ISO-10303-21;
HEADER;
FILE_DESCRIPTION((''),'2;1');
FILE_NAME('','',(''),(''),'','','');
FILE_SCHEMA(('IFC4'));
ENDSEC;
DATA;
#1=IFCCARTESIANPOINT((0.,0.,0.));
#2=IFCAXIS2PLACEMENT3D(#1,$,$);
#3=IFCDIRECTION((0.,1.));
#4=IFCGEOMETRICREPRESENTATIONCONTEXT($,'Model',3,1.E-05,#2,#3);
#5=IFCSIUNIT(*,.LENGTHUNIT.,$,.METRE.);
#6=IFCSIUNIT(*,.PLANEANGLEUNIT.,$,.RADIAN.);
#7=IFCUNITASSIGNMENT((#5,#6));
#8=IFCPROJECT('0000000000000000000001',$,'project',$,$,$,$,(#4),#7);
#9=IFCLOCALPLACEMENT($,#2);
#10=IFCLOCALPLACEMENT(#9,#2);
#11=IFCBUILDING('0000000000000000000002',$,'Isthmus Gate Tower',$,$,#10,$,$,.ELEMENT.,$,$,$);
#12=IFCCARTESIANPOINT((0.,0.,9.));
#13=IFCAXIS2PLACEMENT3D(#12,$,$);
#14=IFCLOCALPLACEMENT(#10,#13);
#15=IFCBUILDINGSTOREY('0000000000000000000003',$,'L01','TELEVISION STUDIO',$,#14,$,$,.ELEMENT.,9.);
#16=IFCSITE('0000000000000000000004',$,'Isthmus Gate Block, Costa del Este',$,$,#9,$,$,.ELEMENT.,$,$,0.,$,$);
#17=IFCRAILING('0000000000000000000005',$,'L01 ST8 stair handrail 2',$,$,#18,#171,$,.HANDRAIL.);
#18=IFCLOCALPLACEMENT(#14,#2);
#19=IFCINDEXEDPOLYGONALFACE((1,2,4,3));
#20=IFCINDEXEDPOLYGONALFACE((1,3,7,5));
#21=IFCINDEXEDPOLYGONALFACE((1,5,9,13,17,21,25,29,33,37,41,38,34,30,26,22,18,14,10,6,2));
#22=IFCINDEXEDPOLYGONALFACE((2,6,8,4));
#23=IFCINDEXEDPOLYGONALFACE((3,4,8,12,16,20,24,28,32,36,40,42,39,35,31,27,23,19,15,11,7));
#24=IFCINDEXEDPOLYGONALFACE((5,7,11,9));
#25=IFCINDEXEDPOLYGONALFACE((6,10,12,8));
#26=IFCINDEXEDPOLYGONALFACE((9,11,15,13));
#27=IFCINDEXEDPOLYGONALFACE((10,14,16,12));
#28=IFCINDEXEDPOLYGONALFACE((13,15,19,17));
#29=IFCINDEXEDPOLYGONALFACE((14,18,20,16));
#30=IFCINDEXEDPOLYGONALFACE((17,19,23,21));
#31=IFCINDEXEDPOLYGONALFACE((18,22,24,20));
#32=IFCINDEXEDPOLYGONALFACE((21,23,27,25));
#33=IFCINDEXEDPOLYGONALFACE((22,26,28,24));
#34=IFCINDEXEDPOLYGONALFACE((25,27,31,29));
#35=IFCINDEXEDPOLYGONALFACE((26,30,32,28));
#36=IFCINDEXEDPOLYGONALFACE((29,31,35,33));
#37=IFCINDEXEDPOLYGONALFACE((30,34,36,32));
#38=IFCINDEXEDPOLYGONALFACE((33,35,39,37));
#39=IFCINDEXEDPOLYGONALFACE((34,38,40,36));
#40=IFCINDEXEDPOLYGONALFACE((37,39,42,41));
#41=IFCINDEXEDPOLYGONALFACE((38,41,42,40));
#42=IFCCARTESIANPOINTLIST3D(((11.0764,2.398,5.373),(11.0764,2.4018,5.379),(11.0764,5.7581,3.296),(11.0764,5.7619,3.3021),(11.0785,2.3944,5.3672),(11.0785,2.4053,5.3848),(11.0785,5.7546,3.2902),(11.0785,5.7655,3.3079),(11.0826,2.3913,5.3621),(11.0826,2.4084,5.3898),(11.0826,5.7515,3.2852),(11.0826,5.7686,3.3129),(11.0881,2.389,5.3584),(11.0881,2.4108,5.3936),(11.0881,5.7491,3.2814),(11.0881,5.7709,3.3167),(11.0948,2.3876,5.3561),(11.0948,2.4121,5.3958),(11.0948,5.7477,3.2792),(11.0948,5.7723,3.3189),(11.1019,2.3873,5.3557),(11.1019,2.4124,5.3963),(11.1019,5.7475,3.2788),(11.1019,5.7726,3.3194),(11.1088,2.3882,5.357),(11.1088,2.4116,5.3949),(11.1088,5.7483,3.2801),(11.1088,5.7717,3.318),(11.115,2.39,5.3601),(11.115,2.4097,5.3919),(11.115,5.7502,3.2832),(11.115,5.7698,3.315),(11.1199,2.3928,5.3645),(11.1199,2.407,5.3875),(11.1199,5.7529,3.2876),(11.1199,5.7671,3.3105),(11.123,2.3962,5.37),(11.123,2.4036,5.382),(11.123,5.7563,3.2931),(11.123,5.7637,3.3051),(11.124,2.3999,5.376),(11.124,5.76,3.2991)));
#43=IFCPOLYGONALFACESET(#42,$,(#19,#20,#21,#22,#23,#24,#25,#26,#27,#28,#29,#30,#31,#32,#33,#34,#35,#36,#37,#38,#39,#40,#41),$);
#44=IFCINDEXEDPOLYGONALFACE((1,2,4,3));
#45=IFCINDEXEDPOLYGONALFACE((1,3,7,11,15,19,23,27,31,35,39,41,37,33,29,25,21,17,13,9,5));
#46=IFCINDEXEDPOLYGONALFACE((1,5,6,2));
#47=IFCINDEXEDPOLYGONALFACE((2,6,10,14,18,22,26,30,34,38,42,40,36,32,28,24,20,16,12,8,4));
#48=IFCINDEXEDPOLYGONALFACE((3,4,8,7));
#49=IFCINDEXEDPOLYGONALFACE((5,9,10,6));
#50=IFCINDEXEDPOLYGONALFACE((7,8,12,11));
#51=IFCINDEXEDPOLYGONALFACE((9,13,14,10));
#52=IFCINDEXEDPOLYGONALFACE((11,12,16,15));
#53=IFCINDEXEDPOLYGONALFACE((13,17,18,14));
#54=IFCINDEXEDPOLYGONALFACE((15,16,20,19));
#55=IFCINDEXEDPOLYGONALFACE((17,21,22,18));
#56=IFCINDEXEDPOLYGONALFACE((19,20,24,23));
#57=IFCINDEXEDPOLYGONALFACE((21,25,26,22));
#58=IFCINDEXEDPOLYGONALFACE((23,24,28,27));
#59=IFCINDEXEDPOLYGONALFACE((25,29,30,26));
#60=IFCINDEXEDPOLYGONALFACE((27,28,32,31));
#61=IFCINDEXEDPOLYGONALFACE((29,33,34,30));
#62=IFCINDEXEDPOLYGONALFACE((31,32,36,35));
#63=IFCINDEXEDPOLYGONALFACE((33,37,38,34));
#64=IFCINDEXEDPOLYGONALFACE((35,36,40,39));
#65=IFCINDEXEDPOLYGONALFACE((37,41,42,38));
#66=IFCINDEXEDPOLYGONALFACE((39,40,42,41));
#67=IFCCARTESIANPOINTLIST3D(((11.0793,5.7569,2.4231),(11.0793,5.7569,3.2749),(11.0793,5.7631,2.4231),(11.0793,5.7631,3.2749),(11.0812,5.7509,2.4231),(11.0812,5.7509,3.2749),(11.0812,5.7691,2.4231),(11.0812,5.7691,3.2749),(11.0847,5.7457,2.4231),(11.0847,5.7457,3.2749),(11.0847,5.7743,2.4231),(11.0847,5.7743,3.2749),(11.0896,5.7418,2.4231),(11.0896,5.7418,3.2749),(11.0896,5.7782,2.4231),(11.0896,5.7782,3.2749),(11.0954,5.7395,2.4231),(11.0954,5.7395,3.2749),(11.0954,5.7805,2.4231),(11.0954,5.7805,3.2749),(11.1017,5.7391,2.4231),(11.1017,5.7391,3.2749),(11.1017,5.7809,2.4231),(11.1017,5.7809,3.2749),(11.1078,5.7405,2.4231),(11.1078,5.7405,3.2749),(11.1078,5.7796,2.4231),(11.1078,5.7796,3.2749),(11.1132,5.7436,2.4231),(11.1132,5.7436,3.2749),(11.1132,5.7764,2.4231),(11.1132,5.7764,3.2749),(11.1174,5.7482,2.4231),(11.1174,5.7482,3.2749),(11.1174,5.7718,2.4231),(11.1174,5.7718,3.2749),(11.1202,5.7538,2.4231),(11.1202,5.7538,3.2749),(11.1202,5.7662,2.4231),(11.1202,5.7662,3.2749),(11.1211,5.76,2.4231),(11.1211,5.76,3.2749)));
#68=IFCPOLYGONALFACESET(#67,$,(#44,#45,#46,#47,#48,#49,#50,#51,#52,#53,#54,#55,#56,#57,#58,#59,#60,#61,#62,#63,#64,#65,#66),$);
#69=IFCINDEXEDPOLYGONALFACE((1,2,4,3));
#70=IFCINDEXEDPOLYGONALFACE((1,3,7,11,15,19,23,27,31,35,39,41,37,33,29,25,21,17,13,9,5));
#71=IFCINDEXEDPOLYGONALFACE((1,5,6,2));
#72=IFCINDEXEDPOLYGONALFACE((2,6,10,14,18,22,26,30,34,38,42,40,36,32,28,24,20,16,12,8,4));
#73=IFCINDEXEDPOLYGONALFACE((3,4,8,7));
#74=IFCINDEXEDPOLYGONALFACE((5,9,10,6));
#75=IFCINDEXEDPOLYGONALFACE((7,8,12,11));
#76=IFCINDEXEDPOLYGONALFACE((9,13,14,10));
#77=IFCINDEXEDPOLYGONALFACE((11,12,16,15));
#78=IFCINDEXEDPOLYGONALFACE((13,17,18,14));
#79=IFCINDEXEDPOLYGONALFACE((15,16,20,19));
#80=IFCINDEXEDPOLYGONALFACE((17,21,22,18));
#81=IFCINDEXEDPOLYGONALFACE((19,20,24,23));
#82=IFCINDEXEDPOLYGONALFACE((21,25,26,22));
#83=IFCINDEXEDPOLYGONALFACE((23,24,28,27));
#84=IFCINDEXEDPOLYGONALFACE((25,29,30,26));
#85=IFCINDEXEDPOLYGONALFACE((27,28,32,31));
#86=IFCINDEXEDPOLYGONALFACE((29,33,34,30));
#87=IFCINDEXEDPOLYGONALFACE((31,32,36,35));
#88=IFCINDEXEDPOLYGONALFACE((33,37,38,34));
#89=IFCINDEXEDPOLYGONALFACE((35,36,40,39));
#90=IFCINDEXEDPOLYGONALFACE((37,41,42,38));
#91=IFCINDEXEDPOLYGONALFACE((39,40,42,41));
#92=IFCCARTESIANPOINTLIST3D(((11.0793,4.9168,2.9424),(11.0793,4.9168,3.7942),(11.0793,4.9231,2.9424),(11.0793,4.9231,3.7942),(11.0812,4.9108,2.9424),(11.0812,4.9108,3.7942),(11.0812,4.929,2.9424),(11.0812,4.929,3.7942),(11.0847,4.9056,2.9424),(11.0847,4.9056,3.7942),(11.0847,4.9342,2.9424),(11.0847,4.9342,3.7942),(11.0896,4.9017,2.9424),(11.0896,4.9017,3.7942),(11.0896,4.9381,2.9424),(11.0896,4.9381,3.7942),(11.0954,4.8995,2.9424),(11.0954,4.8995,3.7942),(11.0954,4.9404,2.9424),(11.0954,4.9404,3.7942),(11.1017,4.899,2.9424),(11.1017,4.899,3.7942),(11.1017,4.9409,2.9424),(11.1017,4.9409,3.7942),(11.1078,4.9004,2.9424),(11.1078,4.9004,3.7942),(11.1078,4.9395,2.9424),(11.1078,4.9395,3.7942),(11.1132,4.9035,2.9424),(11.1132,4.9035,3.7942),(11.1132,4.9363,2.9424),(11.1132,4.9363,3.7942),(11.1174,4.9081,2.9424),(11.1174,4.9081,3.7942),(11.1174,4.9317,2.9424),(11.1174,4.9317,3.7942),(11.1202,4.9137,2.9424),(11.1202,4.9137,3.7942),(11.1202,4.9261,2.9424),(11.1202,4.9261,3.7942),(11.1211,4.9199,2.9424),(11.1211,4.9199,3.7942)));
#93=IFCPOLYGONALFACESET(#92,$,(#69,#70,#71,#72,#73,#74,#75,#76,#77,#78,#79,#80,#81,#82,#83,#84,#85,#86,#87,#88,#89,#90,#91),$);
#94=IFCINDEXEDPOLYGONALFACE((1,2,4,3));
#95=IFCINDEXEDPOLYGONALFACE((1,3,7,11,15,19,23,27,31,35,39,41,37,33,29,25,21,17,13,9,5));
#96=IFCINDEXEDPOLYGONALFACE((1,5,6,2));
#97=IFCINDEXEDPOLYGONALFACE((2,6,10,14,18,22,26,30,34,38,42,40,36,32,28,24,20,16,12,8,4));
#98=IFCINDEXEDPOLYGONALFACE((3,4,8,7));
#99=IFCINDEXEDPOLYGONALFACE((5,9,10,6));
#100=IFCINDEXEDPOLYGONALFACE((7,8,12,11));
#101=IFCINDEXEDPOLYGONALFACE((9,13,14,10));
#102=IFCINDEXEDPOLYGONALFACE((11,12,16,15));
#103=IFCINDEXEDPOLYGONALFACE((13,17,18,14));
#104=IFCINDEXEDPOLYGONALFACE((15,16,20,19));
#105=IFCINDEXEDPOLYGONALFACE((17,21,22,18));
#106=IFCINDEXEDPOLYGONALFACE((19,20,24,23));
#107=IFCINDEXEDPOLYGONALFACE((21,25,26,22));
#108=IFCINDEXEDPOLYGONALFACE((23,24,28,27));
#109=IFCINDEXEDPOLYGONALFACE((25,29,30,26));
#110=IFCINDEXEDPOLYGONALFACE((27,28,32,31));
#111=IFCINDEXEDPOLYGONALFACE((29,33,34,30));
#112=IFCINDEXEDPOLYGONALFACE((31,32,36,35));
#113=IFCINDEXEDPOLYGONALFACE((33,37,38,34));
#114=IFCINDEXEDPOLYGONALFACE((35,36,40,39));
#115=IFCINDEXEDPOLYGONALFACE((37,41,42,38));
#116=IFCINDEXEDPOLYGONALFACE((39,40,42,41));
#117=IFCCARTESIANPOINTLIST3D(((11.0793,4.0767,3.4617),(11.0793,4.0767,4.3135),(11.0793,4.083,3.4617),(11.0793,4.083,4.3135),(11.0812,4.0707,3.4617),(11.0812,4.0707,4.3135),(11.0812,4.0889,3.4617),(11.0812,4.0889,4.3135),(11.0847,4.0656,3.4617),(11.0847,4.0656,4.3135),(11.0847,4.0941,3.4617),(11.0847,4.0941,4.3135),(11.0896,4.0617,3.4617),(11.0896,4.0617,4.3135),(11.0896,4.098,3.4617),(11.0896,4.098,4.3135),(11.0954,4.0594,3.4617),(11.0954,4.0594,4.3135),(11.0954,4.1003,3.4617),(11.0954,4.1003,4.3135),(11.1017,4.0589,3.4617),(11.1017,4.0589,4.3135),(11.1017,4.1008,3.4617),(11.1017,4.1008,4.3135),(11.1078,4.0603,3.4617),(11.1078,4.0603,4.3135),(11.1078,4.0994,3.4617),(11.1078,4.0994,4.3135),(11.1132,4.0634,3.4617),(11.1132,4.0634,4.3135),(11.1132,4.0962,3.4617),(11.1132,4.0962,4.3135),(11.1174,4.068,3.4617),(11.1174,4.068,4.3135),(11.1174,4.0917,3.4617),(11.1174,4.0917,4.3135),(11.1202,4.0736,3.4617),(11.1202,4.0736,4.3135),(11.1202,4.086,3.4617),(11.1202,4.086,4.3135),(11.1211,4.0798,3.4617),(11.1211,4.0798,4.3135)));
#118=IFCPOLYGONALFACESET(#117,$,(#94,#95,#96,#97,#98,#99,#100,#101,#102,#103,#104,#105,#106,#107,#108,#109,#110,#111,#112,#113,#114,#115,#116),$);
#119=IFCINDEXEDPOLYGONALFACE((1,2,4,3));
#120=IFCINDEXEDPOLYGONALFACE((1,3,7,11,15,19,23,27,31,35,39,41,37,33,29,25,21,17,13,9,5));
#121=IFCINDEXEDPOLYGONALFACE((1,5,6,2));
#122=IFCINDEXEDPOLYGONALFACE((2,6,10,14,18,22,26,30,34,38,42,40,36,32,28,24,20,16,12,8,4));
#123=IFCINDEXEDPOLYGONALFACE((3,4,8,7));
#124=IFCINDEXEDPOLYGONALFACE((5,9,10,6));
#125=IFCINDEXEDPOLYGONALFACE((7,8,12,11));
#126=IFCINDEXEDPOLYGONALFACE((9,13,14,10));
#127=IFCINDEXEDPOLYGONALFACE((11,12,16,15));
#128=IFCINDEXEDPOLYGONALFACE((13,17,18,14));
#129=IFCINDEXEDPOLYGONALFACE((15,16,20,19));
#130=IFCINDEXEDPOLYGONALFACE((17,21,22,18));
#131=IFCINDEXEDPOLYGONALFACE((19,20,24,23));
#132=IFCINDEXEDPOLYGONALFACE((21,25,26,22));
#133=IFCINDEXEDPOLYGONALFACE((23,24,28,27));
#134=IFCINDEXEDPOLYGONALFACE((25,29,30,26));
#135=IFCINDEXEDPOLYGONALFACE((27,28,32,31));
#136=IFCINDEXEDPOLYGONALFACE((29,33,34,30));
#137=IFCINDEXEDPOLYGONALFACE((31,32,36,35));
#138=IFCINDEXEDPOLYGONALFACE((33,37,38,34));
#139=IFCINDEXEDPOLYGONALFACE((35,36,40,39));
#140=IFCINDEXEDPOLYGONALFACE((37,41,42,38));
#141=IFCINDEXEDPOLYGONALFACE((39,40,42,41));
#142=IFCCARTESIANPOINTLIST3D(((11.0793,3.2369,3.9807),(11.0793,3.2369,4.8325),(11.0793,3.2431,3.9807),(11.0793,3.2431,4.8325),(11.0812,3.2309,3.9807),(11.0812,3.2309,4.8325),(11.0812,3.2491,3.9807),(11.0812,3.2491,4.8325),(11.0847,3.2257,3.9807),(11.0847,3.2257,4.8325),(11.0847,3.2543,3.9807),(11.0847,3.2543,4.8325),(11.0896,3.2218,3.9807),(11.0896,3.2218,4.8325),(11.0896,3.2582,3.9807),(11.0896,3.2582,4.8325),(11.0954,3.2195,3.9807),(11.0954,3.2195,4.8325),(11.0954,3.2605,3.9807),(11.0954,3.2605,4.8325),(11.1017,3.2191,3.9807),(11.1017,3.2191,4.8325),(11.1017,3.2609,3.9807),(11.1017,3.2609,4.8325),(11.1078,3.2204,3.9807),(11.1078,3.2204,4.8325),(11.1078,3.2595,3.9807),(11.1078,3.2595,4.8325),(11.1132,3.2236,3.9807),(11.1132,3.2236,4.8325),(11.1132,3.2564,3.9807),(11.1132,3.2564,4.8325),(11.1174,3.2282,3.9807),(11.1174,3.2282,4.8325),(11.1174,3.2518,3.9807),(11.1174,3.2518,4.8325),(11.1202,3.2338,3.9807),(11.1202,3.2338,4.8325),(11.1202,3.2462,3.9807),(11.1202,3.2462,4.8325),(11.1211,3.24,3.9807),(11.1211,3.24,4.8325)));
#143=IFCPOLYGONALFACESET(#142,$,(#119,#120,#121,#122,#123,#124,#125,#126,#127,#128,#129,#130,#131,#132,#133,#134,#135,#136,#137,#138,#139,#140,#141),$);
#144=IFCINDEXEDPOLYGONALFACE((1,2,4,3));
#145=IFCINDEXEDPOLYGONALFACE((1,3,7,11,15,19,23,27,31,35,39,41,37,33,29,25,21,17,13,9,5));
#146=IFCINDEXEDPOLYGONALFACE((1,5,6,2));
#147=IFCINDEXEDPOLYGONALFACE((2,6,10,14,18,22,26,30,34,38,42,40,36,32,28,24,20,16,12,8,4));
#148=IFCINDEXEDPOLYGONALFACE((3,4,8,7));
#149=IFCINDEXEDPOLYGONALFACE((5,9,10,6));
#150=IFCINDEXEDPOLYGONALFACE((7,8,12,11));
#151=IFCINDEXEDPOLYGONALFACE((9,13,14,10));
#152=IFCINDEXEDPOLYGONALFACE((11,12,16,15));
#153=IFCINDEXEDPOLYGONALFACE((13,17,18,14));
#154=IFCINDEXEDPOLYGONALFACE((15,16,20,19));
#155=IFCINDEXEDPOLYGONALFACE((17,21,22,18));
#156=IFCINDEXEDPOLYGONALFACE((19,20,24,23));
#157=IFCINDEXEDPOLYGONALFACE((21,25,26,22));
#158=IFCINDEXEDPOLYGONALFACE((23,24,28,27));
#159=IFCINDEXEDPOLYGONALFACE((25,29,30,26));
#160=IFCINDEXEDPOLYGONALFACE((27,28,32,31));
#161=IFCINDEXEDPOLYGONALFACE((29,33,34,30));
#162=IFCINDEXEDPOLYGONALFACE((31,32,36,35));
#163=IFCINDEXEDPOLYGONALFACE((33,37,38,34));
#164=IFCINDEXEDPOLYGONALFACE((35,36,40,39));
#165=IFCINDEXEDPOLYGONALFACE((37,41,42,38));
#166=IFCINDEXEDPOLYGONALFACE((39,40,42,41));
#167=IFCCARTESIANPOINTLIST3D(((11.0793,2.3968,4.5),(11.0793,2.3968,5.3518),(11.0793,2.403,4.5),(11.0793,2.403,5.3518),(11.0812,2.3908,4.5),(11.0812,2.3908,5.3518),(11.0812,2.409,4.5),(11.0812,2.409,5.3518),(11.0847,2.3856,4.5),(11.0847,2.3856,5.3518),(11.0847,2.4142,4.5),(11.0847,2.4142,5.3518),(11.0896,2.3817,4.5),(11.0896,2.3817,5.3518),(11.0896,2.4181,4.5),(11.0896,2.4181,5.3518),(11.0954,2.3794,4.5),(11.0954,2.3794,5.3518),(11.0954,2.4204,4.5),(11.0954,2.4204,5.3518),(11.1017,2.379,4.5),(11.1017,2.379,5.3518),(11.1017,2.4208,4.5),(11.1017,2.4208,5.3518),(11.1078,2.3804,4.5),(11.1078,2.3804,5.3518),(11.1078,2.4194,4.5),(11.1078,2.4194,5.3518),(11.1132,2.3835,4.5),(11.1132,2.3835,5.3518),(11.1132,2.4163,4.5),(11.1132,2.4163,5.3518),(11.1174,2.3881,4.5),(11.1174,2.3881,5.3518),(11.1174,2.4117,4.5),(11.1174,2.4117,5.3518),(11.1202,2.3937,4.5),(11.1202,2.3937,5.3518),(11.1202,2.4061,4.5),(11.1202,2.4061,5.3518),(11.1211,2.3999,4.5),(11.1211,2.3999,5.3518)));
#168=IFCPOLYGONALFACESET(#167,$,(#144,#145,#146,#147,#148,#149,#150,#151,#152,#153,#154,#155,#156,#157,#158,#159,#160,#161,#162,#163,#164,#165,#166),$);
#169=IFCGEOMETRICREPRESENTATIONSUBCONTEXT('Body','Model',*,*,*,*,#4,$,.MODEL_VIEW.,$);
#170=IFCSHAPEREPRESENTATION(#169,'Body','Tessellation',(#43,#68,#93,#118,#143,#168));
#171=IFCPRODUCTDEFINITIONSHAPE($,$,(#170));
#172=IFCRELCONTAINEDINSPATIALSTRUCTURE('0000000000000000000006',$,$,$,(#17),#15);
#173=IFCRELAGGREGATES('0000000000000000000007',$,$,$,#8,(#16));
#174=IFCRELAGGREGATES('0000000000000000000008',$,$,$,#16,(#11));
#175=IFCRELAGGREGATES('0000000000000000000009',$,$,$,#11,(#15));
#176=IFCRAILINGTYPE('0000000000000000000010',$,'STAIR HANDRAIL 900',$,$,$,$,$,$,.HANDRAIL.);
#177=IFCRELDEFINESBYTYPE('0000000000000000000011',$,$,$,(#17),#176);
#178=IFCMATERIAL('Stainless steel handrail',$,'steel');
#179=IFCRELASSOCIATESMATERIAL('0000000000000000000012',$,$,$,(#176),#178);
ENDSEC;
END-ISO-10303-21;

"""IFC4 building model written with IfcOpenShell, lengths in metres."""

from ifc_helpers import new_model, si_unit, direction, frame, origin, origin_2d, place, context, subcontext, project, spatial, circle, extrude, material, type_object, element, save


model = new_model("IFC4")

# Units and contexts
model_context = context("Model", 3, precision=1e-05, world=origin(), true_north=direction((0.0, 1.0)))
body_context = subcontext(model_context, "Body", "Model", "MODEL_VIEW")
ifc_project = project(units=[si_unit("LENGTHUNIT", "METRE"), si_unit("PLANEANGLEUNIT", "RADIAN")], contexts=[model_context])

# Site, building, storey
site_placement = place(None, origin())
site = spatial("IfcSite", under=ifc_project, at=site_placement, Name="Isthmus Gate Block, Costa del Este", CompositionType="ELEMENT", RefElevation=0.0)
building_placement = place(site_placement, origin())
building = spatial("IfcBuilding", under=site, at=building_placement, Name="Isthmus Gate Tower", CompositionType="ELEMENT")
storey_placement = place(building_placement, frame((0.0, 0.0, 9.0)))
storey = spatial("IfcBuildingStorey", under=building, at=storey_placement, Name="L01", Description="TELEVISION STUDIO", CompositionType="ELEMENT", Elevation=9.0)

# Railing
ifc_material_1 = material(Name="Stainless steel handrail", Category="steel")
railing_type_1 = type_object("IfcRailingType", Name="STAIR HANDRAIL 900", PredefinedType="HANDRAIL", material=ifc_material_1)
railing_1_placement = place(storey_placement, frame((11.1001, 5.76, 2.4231)))
element("IfcRailing", 1, at=railing_1_placement, inside=storey, type_object=railing_type_1, Name="L01 ST8 stair handrail 2", PredefinedType="HANDRAIL", context=body_context, shape_type="SweptSolid", body=[
    extrude(circle(Radius=0.0239, at=origin_2d()), frame((0.0, 0.0, 0.876), z_axis=(0.0, -0.850623, 0.525776), x_axis=(1.0, 0.0, 0.0)), (0.0, 0.0, 1.0), 3.9502),
    extrude(circle(Radius=0.021, at=origin_2d()), origin(), (0.0, 0.0, 1.0), 0.8518),
    extrude(circle(Radius=0.021, at=origin_2d()), frame((0.0, -0.8401, 0.5193)), (0.0, 0.0, 1.0), 0.8518),
    extrude(circle(Radius=0.021, at=origin_2d()), frame((0.0, -1.6802, 1.0386)), (0.0, 0.0, 1.0), 0.8518),
    extrude(circle(Radius=0.021, at=origin_2d()), frame((0.0, -2.52, 1.5576)), (0.0, 0.0, 1.0), 0.8518),
    extrude(circle(Radius=0.021, at=origin_2d()), frame((0.0, -3.3601, 2.0769)), (0.0, 0.0, 1.0), 0.8518),
])

save(model, "model.ifc")
